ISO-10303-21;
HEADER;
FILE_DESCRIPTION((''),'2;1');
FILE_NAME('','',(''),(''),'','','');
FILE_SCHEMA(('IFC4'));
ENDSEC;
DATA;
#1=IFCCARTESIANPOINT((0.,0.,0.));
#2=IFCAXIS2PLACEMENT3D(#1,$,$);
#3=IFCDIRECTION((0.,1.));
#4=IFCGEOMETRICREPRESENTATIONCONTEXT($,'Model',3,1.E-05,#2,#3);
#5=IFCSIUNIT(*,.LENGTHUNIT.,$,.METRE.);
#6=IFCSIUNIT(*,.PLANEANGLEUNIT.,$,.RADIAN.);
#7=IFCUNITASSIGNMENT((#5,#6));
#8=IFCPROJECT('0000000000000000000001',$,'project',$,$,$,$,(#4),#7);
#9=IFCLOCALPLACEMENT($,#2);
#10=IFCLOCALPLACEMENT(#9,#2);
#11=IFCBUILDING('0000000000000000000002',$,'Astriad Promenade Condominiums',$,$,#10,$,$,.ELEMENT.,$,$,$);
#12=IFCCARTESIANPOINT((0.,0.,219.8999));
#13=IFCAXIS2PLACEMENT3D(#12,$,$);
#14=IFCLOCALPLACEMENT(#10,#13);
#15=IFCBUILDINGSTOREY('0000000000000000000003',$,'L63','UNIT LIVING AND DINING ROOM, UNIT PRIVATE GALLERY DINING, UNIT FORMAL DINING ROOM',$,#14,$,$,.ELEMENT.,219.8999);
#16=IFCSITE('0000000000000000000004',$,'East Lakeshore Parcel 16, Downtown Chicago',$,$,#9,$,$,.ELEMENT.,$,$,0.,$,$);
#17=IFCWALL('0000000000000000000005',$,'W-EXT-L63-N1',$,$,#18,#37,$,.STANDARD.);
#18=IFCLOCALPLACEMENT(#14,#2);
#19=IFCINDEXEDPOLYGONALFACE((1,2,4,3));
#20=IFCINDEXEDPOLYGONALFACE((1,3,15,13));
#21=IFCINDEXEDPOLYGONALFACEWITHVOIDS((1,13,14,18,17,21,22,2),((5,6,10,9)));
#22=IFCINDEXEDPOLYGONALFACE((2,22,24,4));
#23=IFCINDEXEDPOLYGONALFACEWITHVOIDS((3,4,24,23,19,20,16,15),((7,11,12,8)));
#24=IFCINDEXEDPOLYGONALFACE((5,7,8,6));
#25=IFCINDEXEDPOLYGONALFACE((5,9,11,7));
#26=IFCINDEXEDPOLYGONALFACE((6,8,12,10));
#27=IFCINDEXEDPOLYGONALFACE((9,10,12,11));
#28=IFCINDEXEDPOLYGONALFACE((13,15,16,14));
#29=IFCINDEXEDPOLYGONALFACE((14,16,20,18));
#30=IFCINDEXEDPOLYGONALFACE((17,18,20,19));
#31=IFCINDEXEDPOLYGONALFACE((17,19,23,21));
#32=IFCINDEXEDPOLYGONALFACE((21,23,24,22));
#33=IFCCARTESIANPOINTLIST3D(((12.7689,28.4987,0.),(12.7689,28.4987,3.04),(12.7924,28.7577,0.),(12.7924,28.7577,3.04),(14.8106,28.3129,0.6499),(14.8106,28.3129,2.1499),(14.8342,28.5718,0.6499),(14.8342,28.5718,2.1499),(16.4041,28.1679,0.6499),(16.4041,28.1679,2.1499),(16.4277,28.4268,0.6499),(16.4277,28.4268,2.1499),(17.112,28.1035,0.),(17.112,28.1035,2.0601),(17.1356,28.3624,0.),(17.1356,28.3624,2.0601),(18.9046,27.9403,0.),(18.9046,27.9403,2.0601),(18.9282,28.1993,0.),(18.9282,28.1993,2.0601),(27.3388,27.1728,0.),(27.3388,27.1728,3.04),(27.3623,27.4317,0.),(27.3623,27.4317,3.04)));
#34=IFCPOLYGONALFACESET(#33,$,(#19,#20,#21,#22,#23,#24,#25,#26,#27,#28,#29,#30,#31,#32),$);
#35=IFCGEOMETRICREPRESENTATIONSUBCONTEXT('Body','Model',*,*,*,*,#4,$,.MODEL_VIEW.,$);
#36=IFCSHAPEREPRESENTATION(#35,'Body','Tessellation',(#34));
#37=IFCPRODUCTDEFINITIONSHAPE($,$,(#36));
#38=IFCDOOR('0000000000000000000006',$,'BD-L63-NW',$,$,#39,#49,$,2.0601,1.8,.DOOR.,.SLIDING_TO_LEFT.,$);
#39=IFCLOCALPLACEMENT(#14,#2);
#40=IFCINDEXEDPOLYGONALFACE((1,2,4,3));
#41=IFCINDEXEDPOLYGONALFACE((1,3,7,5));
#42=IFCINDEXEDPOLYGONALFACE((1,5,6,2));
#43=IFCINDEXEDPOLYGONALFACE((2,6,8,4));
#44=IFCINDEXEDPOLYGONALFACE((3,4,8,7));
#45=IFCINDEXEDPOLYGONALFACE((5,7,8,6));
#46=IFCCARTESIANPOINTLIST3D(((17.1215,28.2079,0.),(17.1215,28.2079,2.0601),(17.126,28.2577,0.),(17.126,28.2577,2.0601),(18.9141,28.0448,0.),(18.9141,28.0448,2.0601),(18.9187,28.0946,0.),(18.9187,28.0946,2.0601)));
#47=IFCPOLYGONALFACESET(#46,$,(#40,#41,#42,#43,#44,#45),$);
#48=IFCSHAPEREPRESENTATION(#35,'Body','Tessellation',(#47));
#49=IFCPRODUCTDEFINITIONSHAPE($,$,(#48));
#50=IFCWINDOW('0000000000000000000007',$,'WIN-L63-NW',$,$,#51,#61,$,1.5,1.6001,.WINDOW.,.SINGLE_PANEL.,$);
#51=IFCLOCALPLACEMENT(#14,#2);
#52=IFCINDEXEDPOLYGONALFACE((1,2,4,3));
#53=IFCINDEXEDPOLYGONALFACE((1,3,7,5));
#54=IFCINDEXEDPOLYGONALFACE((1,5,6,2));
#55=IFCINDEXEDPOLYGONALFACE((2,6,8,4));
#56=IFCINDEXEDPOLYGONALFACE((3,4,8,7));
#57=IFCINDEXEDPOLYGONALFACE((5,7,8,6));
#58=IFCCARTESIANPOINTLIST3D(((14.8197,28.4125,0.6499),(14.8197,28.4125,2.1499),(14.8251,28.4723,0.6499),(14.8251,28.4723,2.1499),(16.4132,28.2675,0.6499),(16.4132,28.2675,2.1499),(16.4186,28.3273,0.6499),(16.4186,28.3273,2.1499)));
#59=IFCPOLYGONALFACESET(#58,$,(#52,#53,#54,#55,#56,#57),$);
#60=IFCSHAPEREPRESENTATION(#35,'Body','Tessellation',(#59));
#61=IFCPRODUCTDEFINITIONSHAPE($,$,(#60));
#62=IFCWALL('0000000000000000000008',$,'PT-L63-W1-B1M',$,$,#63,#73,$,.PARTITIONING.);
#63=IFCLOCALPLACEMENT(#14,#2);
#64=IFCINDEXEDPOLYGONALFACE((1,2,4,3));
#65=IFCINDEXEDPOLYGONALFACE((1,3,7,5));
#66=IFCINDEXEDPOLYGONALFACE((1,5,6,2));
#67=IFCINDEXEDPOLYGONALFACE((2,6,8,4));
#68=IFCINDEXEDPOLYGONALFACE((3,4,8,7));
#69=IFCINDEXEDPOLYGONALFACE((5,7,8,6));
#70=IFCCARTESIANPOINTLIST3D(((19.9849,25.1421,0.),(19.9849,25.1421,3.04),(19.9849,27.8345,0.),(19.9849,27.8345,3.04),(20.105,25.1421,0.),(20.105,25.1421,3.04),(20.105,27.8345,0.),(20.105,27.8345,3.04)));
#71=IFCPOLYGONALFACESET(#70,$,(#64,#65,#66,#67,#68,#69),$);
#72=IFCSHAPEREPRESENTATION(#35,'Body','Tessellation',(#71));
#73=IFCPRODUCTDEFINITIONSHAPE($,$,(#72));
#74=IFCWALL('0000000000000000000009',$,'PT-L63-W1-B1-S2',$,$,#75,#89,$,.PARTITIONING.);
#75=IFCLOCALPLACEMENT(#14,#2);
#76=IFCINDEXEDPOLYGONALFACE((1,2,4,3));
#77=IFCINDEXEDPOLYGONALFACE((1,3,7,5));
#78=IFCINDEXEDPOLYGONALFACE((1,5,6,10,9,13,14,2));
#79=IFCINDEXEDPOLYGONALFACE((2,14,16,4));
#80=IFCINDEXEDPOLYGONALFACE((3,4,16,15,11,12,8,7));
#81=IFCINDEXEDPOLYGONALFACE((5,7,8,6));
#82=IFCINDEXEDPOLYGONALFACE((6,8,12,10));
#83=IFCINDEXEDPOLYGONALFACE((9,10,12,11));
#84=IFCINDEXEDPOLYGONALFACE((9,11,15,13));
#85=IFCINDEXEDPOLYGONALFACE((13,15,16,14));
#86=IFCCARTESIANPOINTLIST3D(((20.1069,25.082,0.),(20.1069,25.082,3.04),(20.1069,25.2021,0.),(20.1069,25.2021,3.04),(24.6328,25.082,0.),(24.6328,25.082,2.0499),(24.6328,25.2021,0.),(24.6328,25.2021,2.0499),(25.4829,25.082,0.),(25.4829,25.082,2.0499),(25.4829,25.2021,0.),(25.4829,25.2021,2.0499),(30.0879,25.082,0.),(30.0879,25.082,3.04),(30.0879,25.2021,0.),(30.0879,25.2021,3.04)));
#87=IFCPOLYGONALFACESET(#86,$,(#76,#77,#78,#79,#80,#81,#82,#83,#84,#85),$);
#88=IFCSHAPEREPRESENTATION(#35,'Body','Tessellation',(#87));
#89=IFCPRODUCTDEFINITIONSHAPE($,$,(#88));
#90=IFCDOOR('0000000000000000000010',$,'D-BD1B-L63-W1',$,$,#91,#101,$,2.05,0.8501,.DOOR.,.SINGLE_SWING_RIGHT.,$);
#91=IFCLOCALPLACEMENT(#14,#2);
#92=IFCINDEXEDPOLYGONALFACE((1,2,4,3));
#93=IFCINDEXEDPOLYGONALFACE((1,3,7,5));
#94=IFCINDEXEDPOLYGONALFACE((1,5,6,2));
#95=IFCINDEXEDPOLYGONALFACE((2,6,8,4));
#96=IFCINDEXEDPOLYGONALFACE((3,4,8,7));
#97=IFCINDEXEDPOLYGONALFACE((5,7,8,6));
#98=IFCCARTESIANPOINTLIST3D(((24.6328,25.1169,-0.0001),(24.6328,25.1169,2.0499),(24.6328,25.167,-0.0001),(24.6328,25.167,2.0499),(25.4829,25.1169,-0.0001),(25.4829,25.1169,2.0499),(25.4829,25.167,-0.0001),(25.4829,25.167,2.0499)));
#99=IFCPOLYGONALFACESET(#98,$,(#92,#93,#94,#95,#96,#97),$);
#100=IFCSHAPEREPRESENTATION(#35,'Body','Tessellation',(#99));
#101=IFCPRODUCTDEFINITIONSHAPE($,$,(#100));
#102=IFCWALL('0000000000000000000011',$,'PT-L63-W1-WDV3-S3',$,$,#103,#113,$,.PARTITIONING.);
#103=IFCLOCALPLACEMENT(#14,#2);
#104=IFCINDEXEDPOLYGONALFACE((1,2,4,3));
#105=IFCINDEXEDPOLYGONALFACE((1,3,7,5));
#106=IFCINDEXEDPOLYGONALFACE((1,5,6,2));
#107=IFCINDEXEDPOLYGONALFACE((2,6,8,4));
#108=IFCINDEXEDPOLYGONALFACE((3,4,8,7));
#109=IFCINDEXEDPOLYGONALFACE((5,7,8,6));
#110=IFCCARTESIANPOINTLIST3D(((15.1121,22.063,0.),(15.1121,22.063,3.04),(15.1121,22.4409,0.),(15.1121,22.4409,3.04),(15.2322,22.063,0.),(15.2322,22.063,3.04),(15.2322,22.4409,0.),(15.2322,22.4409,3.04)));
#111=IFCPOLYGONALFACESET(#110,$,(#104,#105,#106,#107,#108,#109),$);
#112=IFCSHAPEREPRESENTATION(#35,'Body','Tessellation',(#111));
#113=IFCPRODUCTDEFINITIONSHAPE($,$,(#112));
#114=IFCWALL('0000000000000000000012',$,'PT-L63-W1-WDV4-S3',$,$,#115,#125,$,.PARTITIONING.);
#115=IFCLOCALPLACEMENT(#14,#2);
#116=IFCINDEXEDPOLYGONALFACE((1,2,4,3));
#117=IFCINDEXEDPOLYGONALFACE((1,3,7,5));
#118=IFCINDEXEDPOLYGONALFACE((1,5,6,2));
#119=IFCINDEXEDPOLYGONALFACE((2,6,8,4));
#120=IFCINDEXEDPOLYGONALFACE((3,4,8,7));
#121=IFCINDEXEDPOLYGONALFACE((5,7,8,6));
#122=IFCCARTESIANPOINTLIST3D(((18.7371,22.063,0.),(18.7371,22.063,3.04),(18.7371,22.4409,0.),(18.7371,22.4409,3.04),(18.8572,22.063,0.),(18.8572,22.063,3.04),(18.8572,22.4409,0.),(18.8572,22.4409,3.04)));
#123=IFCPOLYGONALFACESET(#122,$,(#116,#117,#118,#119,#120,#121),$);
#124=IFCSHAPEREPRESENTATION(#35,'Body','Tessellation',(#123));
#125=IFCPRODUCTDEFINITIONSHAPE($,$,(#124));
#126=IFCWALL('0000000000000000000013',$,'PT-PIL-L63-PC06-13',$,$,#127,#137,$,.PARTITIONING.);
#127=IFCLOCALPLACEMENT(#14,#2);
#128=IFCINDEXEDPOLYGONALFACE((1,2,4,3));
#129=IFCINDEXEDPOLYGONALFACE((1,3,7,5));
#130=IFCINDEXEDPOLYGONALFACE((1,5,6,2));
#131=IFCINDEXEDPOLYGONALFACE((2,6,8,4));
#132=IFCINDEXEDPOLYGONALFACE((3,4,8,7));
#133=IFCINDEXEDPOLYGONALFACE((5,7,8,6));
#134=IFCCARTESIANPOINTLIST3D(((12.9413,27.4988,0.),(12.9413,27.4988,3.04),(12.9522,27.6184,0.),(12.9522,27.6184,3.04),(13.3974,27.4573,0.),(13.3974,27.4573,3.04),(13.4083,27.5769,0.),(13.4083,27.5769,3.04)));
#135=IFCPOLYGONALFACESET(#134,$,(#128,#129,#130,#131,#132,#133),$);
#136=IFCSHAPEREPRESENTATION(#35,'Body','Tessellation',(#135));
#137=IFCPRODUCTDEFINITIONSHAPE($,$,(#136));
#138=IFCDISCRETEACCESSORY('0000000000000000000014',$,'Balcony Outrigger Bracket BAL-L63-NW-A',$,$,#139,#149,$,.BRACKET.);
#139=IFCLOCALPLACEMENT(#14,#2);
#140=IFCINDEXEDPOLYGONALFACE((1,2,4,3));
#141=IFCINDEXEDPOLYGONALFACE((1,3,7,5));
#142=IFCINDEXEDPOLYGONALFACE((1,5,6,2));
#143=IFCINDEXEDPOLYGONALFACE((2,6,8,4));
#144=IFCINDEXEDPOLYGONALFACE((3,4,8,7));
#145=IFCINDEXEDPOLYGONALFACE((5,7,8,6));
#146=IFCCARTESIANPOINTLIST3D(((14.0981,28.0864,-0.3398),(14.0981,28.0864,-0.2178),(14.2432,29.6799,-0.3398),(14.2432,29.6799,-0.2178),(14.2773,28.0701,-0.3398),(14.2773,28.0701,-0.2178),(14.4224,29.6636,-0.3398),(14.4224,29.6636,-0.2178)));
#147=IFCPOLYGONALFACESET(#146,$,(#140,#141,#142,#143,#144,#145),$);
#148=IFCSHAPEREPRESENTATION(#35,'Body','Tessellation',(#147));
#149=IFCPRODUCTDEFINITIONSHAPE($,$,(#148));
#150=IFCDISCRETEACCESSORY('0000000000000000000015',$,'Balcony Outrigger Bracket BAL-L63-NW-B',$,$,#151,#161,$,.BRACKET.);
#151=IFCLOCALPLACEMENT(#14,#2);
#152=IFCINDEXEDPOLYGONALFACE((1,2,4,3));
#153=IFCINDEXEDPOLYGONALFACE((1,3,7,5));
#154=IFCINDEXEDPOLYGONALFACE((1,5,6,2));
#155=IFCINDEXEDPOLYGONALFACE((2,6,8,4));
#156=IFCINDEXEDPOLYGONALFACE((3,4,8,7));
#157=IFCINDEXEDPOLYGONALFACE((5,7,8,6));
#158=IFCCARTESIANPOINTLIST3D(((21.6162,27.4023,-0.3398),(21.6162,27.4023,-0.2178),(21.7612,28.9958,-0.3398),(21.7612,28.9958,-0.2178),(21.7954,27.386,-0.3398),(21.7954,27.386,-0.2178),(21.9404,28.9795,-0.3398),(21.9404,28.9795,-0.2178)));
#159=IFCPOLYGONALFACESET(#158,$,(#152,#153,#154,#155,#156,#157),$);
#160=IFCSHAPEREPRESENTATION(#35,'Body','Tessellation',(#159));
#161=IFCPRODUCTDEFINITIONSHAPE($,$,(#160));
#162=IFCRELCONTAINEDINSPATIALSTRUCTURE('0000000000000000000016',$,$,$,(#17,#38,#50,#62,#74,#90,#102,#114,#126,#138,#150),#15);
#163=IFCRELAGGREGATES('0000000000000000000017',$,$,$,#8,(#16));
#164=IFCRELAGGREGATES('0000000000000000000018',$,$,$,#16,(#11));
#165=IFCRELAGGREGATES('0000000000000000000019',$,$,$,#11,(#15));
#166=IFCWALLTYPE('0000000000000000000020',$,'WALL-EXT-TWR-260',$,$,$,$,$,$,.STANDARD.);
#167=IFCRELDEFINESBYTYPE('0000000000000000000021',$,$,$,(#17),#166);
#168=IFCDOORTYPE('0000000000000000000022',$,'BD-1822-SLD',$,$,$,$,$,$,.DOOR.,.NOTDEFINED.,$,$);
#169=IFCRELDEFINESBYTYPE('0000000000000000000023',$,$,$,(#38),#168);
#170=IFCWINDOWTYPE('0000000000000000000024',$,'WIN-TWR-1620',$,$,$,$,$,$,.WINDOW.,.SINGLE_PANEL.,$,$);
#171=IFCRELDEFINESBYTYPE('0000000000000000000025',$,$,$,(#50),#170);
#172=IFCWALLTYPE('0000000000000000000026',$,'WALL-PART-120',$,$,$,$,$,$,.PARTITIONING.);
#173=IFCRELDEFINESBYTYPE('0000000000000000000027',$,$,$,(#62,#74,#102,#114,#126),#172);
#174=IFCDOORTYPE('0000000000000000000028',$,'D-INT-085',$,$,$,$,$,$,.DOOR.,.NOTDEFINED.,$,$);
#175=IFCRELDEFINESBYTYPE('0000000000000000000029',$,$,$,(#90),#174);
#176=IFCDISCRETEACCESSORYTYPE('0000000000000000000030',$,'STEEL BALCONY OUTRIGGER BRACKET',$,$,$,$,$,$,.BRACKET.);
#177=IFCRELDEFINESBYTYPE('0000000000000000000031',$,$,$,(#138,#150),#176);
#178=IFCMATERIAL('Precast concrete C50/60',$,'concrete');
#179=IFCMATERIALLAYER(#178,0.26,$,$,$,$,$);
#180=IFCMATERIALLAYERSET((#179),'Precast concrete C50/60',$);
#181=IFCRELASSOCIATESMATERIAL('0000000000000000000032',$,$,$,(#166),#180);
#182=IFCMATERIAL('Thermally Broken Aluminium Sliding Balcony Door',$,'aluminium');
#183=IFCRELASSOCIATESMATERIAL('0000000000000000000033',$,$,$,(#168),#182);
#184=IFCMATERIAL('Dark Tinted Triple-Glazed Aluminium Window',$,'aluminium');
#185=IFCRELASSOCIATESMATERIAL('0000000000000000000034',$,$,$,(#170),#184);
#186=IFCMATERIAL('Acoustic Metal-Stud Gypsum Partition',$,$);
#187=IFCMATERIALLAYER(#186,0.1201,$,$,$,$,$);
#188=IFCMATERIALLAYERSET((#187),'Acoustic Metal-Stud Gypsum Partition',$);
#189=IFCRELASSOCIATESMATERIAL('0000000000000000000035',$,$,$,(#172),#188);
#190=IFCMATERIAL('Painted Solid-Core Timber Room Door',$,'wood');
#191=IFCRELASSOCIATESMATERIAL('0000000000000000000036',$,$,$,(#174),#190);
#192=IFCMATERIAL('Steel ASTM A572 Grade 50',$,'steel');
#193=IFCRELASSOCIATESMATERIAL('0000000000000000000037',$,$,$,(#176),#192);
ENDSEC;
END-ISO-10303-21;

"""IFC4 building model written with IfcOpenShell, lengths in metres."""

from ifc_helpers import new_model, si_unit, direction, frame, frame_2d, origin, origin_2d, place, context, subcontext, project, spatial, rectangle, extrude, source, transform, mapped, material, layer, layer_set, type_object, type_shapes, element, fill, save


model = new_model("IFC4")

# Units and contexts
model_context = context("Model", 3, precision=1e-05, world=origin(), true_north=direction((0.0, 1.0)))
body_context = subcontext(model_context, "Body", "Model", "MODEL_VIEW")
ifc_project = project(units=[si_unit("LENGTHUNIT", "METRE"), si_unit("PLANEANGLEUNIT", "RADIAN")], contexts=[model_context])

# Site, building, storey
site_placement = place(None, origin())
site = spatial("IfcSite", under=ifc_project, at=site_placement, Name="East Lakeshore Parcel 16, Downtown Chicago", CompositionType="ELEMENT", RefElevation=0.0)
building_placement = place(site_placement, origin())
building = spatial("IfcBuilding", under=site, at=building_placement, Name="Astriad Promenade Condominiums", CompositionType="ELEMENT")
storey_placement = place(building_placement, frame((0.0, 0.0, 219.8999)))
storey = spatial("IfcBuildingStorey", under=building, at=storey_placement, Name="L63", Description="UNIT LIVING AND DINING ROOM, UNIT PRIVATE GALLERY DINING, UNIT FORMAL DINING ROOM", CompositionType="ELEMENT", Elevation=219.8999)

# Shared definitions
ifc_material_1 = material(Name="Precast concrete C50/60", Category="concrete")
ifc_layer_1 = layer(ifc_material_1, 0.26)
ifc_layer_set_1 = layer_set([ifc_layer_1], Name="Precast concrete C50/60")
wall_type_1 = type_object("IfcWallType", Name="WALL-EXT-TWR-260", PredefinedType="STANDARD", material=ifc_layer_set_1)

# Wall, openings, door, window
wall_1_placement = place(storey_placement, frame((12.7808, 28.6282, 0.0), z_axis=(0.0, 0.0, 1.0), x_axis=(0.995885, -0.090631, 0.0)))
wall_1 = element("IfcWall", 1, at=wall_1_placement, inside=storey, type_object=wall_type_1, Name="W-EXT-L63-N1", PredefinedType="STANDARD", context=body_context, shape_type="SweptSolid", body=[
    extrude(rectangle(XDim=14.6301, YDim=0.26, at=frame_2d((7.3149, 0.0))), origin(), (0.0, 0.0, 1.0), 3.04),
])
opening_1_placement = place(wall_1_placement, frame((4.3611, 0.0, 0.0)))
opening_1 = element("IfcOpeningElement", 2, at=opening_1_placement, cuts=wall_1, PredefinedType="OPENING", context=body_context, shape_type="SweptSolid", body=[
    extrude(rectangle(XDim=1.8, YDim=2.0601, at=frame_2d((0.8999, 1.03))), frame((0.0, 0.1399, 0.0), z_axis=(0.0, -1.0, 0.0), x_axis=(1.0, 0.0, 0.0)), (0.0, 0.0, 1.0), 0.28),
])
opening_2_placement = place(wall_1_placement, frame((2.05, 0.0, 0.6499)))
opening_2 = element("IfcOpeningElement", 3, at=opening_2_placement, cuts=wall_1, PredefinedType="OPENING", context=body_context, shape_type="SweptSolid", body=[
    extrude(rectangle(XDim=1.6001, YDim=1.5, at=frame_2d((0.8, 0.75))), frame((0.0, 0.1399, 0.0), z_axis=(0.0, -1.0, 0.0), x_axis=(1.0, 0.0, 0.0)), (0.0, 0.0, 1.0), 0.28),
])
ifc_material_2 = material(Name="Thermally Broken Aluminium Sliding Balcony Door", Category="aluminium")
door_type_1 = type_object("IfcDoorType", Name="BD-1822-SLD", OperationType="NOTDEFINED", PredefinedType="DOOR", material=ifc_material_2)
shared_shape_1 = source(origin(), body_context, "Body", "SweptSolid", [
    extrude(rectangle(XDim=1.8, YDim=2.0601, at=frame_2d((0.8999, 1.03))), frame((0.0, 0.0249, 0.0), z_axis=(0.0, -1.0, 0.0), x_axis=(1.0, 0.0, 0.0)), (0.0, 0.0, 1.0), 0.05),
])
type_shapes(door_type_1, [shared_shape_1])
door_1_placement = place(opening_1_placement, origin())
door_1 = element("IfcDoor", 4, at=door_1_placement, inside=storey, type_object=door_type_1, Name="BD-L63-NW", OperationType="SLIDING_TO_LEFT", OverallHeight=2.0601, OverallWidth=1.8, PredefinedType="DOOR", context=body_context, shape_type="MappedRepresentation", body=[
    mapped(shared_shape_1, transform((0.0, 0.0, 0.0), scale=1.0)),
])
fill(opening_1, door_1)
ifc_material_3 = material(Name="Dark Tinted Triple-Glazed Aluminium Window", Category="aluminium")
window_type = type_object("IfcWindowType", Name="WIN-TWR-1620", PartitioningType="SINGLE_PANEL", PredefinedType="WINDOW", material=ifc_material_3)
shared_shape_2 = source(origin(), body_context, "Body", "SweptSolid", [
    extrude(rectangle(XDim=1.6001, YDim=1.5, at=frame_2d((0.8, 0.75))), frame((0.0, 0.03, 0.0), z_axis=(0.0, -1.0, 0.0), x_axis=(1.0, 0.0, 0.0)), (0.0, 0.0, 1.0), 0.0601),
])
type_shapes(window_type, [shared_shape_2])
window_placement = place(opening_2_placement, origin())
window = element("IfcWindow", 5, at=window_placement, inside=storey, type_object=window_type, Name="WIN-L63-NW", OverallHeight=1.5, OverallWidth=1.6001, PartitioningType="SINGLE_PANEL", PredefinedType="WINDOW", context=body_context, shape_type="MappedRepresentation", body=[
    mapped(shared_shape_2, transform((0.0, 0.0, 0.0), scale=1.0)),
])
fill(opening_2, window)

# Wall
ifc_material_4 = material(Name="Acoustic Metal-Stud Gypsum Partition")
ifc_layer_2 = layer(ifc_material_4, 0.1201)
ifc_layer_set_2 = layer_set([ifc_layer_2], Name="Acoustic Metal-Stud Gypsum Partition")
wall_type_2 = type_object("IfcWallType", Name="WALL-PART-120", PredefinedType="PARTITIONING", material=ifc_layer_set_2)
wall_2_placement = place(storey_placement, frame((20.0449, 25.1421, 0.0), z_axis=(0.0, 0.0, 1.0), x_axis=(0.0, 1.0, 0.0)))
element("IfcWall", 6, at=wall_2_placement, inside=storey, type_object=wall_type_2, Name="PT-L63-W1-B1M", PredefinedType="PARTITIONING", context=body_context, shape_type="SweptSolid", body=[
    extrude(rectangle(XDim=2.6924, YDim=0.1201, at=frame_2d((1.3462, 0.0))), origin(), (0.0, 0.0, 1.0), 3.04),
])

# Wall, opening, door
wall_3_placement = place(storey_placement, frame((20.1069, 25.1421, 0.0), z_axis=(0.0, 0.0, 1.0), x_axis=(1.0, 0.0, 0.0)))
wall_3 = element("IfcWall", 7, at=wall_3_placement, inside=storey, type_object=wall_type_2, Name="PT-L63-W1-B1-S2", PredefinedType="PARTITIONING", context=body_context, shape_type="SweptSolid", body=[
    extrude(rectangle(XDim=9.981, YDim=0.1201, at=frame_2d((4.9905, 0.0))), origin(), (0.0, 0.0, 1.0), 3.04),
])
opening_3_placement = place(wall_3_placement, frame((4.5259, 0.0, 0.0)))
opening_3 = element("IfcOpeningElement", 8, at=opening_3_placement, cuts=wall_3, PredefinedType="OPENING", context=body_context, shape_type="SweptSolid", body=[
    extrude(rectangle(XDim=0.8501, YDim=2.05, at=frame_2d((0.425, 1.0249))), frame((0.0, 0.0701, 0.0), z_axis=(0.0, -1.0, 0.0), x_axis=(1.0, 0.0, 0.0)), (0.0, 0.0, 1.0), 0.1401),
])
ifc_material_5 = material(Name="Painted Solid-Core Timber Room Door", Category="wood")
door_type_2 = type_object("IfcDoorType", Name="D-INT-085", OperationType="NOTDEFINED", PredefinedType="DOOR", material=ifc_material_5)
shared_shape_3 = source(origin(), body_context, "Body", "SweptSolid", [
    extrude(rectangle(XDim=0.8501, YDim=2.05, at=frame_2d((0.425, 1.0249))), frame((0.0, 0.0249, 0.0), z_axis=(0.0, -1.0, 0.0), x_axis=(1.0, 0.0, 0.0)), (0.0, 0.0, 1.0), 0.05),
])
type_shapes(door_type_2, [shared_shape_3])
door_2_placement = place(opening_3_placement, origin())
door_2 = element("IfcDoor", 9, at=door_2_placement, inside=storey, type_object=door_type_2, Name="D-BD1B-L63-W1", OperationType="SINGLE_SWING_RIGHT", OverallHeight=2.05, OverallWidth=0.8501, PredefinedType="DOOR", context=body_context, shape_type="MappedRepresentation", body=[
    mapped(shared_shape_3, transform((0.0, 0.0, 0.0), scale=1.0)),
])
fill(opening_3, door_2)

# Walls
for number, where, z_axis, x_axis, name in (
    (10, (15.1721, 22.063, 0.0), (0.0, 0.0, 1.0), (0.0, 1.0, 0.0), "PT-L63-W1-WDV3-S3"),
    (11, (18.7971, 22.063, 0.0), (0.0, 0.0, 1.0), (0.0, 1.0, 0.0), "PT-L63-W1-WDV4-S3"),
):
    element("IfcWall", number, at=place(storey_placement, frame(where, z_axis=z_axis, x_axis=x_axis)), inside=storey, type_object=wall_type_2, Name=name, PredefinedType="PARTITIONING", context=body_context, shape_type="SweptSolid", body=[
        extrude(rectangle(XDim=0.3779, YDim=0.1201, at=frame_2d((0.189, 0.0))), origin(), (0.0, 0.0, 1.0), 3.04),
    ])
wall_4_placement = place(storey_placement, frame((13.4028, 27.5171, 0.0), z_axis=(0.0, 0.0, 1.0), x_axis=(-0.995884, 0.090632, 0.0)))
element("IfcWall", 12, at=wall_4_placement, inside=storey, type_object=wall_type_2, Name="PT-PIL-L63-PC06-13", PredefinedType="PARTITIONING", context=body_context, shape_type="SweptSolid", body=[
    extrude(rectangle(XDim=0.458, YDim=0.1201, at=frame_2d((0.229, 0.0))), origin(), (0.0, 0.0, 1.0), 3.04),
])

# Discrete accessories
ifc_material_6 = material(Name="Steel ASTM A572 Grade 50", Category="steel")
discrete_accessory_type = type_object("IfcDiscreteAccessoryType", Name="STEEL BALCONY OUTRIGGER BRACKET", PredefinedType="BRACKET", material=ifc_material_6)
shared_shape_4 = source(origin(), body_context, "Body", "SweptSolid", [
    extrude(rectangle(XDim=1.6001, YDim=0.1799, at=origin_2d()), origin(), (0.0, 0.0, 1.0), 0.1221),
])
type_shapes(discrete_accessory_type, [shared_shape_4])
for number, where, z_axis, x_axis, name in (
    (13, (14.2603, 28.875, -0.3398), (0.0, 0.0, 1.0), (0.090633, 0.995884, 0.0), "Balcony Outrigger Bracket BAL-L63-NW-A"),
    (14, (21.7783, 28.1909, -0.3398), (0.0, 0.0, 1.0), (0.090633, 0.995884, 0.0), "Balcony Outrigger Bracket BAL-L63-NW-B"),
):
    element("IfcDiscreteAccessory", number, at=place(storey_placement, frame(where, z_axis=z_axis, x_axis=x_axis)), inside=storey, type_object=discrete_accessory_type, Name=name, PredefinedType="BRACKET", context=body_context, shape_type="MappedRepresentation", body=[
        mapped(shared_shape_4, transform((0.0, 0.0, 0.0), scale=1.0)),
    ])

save(model, "model.ifc")
